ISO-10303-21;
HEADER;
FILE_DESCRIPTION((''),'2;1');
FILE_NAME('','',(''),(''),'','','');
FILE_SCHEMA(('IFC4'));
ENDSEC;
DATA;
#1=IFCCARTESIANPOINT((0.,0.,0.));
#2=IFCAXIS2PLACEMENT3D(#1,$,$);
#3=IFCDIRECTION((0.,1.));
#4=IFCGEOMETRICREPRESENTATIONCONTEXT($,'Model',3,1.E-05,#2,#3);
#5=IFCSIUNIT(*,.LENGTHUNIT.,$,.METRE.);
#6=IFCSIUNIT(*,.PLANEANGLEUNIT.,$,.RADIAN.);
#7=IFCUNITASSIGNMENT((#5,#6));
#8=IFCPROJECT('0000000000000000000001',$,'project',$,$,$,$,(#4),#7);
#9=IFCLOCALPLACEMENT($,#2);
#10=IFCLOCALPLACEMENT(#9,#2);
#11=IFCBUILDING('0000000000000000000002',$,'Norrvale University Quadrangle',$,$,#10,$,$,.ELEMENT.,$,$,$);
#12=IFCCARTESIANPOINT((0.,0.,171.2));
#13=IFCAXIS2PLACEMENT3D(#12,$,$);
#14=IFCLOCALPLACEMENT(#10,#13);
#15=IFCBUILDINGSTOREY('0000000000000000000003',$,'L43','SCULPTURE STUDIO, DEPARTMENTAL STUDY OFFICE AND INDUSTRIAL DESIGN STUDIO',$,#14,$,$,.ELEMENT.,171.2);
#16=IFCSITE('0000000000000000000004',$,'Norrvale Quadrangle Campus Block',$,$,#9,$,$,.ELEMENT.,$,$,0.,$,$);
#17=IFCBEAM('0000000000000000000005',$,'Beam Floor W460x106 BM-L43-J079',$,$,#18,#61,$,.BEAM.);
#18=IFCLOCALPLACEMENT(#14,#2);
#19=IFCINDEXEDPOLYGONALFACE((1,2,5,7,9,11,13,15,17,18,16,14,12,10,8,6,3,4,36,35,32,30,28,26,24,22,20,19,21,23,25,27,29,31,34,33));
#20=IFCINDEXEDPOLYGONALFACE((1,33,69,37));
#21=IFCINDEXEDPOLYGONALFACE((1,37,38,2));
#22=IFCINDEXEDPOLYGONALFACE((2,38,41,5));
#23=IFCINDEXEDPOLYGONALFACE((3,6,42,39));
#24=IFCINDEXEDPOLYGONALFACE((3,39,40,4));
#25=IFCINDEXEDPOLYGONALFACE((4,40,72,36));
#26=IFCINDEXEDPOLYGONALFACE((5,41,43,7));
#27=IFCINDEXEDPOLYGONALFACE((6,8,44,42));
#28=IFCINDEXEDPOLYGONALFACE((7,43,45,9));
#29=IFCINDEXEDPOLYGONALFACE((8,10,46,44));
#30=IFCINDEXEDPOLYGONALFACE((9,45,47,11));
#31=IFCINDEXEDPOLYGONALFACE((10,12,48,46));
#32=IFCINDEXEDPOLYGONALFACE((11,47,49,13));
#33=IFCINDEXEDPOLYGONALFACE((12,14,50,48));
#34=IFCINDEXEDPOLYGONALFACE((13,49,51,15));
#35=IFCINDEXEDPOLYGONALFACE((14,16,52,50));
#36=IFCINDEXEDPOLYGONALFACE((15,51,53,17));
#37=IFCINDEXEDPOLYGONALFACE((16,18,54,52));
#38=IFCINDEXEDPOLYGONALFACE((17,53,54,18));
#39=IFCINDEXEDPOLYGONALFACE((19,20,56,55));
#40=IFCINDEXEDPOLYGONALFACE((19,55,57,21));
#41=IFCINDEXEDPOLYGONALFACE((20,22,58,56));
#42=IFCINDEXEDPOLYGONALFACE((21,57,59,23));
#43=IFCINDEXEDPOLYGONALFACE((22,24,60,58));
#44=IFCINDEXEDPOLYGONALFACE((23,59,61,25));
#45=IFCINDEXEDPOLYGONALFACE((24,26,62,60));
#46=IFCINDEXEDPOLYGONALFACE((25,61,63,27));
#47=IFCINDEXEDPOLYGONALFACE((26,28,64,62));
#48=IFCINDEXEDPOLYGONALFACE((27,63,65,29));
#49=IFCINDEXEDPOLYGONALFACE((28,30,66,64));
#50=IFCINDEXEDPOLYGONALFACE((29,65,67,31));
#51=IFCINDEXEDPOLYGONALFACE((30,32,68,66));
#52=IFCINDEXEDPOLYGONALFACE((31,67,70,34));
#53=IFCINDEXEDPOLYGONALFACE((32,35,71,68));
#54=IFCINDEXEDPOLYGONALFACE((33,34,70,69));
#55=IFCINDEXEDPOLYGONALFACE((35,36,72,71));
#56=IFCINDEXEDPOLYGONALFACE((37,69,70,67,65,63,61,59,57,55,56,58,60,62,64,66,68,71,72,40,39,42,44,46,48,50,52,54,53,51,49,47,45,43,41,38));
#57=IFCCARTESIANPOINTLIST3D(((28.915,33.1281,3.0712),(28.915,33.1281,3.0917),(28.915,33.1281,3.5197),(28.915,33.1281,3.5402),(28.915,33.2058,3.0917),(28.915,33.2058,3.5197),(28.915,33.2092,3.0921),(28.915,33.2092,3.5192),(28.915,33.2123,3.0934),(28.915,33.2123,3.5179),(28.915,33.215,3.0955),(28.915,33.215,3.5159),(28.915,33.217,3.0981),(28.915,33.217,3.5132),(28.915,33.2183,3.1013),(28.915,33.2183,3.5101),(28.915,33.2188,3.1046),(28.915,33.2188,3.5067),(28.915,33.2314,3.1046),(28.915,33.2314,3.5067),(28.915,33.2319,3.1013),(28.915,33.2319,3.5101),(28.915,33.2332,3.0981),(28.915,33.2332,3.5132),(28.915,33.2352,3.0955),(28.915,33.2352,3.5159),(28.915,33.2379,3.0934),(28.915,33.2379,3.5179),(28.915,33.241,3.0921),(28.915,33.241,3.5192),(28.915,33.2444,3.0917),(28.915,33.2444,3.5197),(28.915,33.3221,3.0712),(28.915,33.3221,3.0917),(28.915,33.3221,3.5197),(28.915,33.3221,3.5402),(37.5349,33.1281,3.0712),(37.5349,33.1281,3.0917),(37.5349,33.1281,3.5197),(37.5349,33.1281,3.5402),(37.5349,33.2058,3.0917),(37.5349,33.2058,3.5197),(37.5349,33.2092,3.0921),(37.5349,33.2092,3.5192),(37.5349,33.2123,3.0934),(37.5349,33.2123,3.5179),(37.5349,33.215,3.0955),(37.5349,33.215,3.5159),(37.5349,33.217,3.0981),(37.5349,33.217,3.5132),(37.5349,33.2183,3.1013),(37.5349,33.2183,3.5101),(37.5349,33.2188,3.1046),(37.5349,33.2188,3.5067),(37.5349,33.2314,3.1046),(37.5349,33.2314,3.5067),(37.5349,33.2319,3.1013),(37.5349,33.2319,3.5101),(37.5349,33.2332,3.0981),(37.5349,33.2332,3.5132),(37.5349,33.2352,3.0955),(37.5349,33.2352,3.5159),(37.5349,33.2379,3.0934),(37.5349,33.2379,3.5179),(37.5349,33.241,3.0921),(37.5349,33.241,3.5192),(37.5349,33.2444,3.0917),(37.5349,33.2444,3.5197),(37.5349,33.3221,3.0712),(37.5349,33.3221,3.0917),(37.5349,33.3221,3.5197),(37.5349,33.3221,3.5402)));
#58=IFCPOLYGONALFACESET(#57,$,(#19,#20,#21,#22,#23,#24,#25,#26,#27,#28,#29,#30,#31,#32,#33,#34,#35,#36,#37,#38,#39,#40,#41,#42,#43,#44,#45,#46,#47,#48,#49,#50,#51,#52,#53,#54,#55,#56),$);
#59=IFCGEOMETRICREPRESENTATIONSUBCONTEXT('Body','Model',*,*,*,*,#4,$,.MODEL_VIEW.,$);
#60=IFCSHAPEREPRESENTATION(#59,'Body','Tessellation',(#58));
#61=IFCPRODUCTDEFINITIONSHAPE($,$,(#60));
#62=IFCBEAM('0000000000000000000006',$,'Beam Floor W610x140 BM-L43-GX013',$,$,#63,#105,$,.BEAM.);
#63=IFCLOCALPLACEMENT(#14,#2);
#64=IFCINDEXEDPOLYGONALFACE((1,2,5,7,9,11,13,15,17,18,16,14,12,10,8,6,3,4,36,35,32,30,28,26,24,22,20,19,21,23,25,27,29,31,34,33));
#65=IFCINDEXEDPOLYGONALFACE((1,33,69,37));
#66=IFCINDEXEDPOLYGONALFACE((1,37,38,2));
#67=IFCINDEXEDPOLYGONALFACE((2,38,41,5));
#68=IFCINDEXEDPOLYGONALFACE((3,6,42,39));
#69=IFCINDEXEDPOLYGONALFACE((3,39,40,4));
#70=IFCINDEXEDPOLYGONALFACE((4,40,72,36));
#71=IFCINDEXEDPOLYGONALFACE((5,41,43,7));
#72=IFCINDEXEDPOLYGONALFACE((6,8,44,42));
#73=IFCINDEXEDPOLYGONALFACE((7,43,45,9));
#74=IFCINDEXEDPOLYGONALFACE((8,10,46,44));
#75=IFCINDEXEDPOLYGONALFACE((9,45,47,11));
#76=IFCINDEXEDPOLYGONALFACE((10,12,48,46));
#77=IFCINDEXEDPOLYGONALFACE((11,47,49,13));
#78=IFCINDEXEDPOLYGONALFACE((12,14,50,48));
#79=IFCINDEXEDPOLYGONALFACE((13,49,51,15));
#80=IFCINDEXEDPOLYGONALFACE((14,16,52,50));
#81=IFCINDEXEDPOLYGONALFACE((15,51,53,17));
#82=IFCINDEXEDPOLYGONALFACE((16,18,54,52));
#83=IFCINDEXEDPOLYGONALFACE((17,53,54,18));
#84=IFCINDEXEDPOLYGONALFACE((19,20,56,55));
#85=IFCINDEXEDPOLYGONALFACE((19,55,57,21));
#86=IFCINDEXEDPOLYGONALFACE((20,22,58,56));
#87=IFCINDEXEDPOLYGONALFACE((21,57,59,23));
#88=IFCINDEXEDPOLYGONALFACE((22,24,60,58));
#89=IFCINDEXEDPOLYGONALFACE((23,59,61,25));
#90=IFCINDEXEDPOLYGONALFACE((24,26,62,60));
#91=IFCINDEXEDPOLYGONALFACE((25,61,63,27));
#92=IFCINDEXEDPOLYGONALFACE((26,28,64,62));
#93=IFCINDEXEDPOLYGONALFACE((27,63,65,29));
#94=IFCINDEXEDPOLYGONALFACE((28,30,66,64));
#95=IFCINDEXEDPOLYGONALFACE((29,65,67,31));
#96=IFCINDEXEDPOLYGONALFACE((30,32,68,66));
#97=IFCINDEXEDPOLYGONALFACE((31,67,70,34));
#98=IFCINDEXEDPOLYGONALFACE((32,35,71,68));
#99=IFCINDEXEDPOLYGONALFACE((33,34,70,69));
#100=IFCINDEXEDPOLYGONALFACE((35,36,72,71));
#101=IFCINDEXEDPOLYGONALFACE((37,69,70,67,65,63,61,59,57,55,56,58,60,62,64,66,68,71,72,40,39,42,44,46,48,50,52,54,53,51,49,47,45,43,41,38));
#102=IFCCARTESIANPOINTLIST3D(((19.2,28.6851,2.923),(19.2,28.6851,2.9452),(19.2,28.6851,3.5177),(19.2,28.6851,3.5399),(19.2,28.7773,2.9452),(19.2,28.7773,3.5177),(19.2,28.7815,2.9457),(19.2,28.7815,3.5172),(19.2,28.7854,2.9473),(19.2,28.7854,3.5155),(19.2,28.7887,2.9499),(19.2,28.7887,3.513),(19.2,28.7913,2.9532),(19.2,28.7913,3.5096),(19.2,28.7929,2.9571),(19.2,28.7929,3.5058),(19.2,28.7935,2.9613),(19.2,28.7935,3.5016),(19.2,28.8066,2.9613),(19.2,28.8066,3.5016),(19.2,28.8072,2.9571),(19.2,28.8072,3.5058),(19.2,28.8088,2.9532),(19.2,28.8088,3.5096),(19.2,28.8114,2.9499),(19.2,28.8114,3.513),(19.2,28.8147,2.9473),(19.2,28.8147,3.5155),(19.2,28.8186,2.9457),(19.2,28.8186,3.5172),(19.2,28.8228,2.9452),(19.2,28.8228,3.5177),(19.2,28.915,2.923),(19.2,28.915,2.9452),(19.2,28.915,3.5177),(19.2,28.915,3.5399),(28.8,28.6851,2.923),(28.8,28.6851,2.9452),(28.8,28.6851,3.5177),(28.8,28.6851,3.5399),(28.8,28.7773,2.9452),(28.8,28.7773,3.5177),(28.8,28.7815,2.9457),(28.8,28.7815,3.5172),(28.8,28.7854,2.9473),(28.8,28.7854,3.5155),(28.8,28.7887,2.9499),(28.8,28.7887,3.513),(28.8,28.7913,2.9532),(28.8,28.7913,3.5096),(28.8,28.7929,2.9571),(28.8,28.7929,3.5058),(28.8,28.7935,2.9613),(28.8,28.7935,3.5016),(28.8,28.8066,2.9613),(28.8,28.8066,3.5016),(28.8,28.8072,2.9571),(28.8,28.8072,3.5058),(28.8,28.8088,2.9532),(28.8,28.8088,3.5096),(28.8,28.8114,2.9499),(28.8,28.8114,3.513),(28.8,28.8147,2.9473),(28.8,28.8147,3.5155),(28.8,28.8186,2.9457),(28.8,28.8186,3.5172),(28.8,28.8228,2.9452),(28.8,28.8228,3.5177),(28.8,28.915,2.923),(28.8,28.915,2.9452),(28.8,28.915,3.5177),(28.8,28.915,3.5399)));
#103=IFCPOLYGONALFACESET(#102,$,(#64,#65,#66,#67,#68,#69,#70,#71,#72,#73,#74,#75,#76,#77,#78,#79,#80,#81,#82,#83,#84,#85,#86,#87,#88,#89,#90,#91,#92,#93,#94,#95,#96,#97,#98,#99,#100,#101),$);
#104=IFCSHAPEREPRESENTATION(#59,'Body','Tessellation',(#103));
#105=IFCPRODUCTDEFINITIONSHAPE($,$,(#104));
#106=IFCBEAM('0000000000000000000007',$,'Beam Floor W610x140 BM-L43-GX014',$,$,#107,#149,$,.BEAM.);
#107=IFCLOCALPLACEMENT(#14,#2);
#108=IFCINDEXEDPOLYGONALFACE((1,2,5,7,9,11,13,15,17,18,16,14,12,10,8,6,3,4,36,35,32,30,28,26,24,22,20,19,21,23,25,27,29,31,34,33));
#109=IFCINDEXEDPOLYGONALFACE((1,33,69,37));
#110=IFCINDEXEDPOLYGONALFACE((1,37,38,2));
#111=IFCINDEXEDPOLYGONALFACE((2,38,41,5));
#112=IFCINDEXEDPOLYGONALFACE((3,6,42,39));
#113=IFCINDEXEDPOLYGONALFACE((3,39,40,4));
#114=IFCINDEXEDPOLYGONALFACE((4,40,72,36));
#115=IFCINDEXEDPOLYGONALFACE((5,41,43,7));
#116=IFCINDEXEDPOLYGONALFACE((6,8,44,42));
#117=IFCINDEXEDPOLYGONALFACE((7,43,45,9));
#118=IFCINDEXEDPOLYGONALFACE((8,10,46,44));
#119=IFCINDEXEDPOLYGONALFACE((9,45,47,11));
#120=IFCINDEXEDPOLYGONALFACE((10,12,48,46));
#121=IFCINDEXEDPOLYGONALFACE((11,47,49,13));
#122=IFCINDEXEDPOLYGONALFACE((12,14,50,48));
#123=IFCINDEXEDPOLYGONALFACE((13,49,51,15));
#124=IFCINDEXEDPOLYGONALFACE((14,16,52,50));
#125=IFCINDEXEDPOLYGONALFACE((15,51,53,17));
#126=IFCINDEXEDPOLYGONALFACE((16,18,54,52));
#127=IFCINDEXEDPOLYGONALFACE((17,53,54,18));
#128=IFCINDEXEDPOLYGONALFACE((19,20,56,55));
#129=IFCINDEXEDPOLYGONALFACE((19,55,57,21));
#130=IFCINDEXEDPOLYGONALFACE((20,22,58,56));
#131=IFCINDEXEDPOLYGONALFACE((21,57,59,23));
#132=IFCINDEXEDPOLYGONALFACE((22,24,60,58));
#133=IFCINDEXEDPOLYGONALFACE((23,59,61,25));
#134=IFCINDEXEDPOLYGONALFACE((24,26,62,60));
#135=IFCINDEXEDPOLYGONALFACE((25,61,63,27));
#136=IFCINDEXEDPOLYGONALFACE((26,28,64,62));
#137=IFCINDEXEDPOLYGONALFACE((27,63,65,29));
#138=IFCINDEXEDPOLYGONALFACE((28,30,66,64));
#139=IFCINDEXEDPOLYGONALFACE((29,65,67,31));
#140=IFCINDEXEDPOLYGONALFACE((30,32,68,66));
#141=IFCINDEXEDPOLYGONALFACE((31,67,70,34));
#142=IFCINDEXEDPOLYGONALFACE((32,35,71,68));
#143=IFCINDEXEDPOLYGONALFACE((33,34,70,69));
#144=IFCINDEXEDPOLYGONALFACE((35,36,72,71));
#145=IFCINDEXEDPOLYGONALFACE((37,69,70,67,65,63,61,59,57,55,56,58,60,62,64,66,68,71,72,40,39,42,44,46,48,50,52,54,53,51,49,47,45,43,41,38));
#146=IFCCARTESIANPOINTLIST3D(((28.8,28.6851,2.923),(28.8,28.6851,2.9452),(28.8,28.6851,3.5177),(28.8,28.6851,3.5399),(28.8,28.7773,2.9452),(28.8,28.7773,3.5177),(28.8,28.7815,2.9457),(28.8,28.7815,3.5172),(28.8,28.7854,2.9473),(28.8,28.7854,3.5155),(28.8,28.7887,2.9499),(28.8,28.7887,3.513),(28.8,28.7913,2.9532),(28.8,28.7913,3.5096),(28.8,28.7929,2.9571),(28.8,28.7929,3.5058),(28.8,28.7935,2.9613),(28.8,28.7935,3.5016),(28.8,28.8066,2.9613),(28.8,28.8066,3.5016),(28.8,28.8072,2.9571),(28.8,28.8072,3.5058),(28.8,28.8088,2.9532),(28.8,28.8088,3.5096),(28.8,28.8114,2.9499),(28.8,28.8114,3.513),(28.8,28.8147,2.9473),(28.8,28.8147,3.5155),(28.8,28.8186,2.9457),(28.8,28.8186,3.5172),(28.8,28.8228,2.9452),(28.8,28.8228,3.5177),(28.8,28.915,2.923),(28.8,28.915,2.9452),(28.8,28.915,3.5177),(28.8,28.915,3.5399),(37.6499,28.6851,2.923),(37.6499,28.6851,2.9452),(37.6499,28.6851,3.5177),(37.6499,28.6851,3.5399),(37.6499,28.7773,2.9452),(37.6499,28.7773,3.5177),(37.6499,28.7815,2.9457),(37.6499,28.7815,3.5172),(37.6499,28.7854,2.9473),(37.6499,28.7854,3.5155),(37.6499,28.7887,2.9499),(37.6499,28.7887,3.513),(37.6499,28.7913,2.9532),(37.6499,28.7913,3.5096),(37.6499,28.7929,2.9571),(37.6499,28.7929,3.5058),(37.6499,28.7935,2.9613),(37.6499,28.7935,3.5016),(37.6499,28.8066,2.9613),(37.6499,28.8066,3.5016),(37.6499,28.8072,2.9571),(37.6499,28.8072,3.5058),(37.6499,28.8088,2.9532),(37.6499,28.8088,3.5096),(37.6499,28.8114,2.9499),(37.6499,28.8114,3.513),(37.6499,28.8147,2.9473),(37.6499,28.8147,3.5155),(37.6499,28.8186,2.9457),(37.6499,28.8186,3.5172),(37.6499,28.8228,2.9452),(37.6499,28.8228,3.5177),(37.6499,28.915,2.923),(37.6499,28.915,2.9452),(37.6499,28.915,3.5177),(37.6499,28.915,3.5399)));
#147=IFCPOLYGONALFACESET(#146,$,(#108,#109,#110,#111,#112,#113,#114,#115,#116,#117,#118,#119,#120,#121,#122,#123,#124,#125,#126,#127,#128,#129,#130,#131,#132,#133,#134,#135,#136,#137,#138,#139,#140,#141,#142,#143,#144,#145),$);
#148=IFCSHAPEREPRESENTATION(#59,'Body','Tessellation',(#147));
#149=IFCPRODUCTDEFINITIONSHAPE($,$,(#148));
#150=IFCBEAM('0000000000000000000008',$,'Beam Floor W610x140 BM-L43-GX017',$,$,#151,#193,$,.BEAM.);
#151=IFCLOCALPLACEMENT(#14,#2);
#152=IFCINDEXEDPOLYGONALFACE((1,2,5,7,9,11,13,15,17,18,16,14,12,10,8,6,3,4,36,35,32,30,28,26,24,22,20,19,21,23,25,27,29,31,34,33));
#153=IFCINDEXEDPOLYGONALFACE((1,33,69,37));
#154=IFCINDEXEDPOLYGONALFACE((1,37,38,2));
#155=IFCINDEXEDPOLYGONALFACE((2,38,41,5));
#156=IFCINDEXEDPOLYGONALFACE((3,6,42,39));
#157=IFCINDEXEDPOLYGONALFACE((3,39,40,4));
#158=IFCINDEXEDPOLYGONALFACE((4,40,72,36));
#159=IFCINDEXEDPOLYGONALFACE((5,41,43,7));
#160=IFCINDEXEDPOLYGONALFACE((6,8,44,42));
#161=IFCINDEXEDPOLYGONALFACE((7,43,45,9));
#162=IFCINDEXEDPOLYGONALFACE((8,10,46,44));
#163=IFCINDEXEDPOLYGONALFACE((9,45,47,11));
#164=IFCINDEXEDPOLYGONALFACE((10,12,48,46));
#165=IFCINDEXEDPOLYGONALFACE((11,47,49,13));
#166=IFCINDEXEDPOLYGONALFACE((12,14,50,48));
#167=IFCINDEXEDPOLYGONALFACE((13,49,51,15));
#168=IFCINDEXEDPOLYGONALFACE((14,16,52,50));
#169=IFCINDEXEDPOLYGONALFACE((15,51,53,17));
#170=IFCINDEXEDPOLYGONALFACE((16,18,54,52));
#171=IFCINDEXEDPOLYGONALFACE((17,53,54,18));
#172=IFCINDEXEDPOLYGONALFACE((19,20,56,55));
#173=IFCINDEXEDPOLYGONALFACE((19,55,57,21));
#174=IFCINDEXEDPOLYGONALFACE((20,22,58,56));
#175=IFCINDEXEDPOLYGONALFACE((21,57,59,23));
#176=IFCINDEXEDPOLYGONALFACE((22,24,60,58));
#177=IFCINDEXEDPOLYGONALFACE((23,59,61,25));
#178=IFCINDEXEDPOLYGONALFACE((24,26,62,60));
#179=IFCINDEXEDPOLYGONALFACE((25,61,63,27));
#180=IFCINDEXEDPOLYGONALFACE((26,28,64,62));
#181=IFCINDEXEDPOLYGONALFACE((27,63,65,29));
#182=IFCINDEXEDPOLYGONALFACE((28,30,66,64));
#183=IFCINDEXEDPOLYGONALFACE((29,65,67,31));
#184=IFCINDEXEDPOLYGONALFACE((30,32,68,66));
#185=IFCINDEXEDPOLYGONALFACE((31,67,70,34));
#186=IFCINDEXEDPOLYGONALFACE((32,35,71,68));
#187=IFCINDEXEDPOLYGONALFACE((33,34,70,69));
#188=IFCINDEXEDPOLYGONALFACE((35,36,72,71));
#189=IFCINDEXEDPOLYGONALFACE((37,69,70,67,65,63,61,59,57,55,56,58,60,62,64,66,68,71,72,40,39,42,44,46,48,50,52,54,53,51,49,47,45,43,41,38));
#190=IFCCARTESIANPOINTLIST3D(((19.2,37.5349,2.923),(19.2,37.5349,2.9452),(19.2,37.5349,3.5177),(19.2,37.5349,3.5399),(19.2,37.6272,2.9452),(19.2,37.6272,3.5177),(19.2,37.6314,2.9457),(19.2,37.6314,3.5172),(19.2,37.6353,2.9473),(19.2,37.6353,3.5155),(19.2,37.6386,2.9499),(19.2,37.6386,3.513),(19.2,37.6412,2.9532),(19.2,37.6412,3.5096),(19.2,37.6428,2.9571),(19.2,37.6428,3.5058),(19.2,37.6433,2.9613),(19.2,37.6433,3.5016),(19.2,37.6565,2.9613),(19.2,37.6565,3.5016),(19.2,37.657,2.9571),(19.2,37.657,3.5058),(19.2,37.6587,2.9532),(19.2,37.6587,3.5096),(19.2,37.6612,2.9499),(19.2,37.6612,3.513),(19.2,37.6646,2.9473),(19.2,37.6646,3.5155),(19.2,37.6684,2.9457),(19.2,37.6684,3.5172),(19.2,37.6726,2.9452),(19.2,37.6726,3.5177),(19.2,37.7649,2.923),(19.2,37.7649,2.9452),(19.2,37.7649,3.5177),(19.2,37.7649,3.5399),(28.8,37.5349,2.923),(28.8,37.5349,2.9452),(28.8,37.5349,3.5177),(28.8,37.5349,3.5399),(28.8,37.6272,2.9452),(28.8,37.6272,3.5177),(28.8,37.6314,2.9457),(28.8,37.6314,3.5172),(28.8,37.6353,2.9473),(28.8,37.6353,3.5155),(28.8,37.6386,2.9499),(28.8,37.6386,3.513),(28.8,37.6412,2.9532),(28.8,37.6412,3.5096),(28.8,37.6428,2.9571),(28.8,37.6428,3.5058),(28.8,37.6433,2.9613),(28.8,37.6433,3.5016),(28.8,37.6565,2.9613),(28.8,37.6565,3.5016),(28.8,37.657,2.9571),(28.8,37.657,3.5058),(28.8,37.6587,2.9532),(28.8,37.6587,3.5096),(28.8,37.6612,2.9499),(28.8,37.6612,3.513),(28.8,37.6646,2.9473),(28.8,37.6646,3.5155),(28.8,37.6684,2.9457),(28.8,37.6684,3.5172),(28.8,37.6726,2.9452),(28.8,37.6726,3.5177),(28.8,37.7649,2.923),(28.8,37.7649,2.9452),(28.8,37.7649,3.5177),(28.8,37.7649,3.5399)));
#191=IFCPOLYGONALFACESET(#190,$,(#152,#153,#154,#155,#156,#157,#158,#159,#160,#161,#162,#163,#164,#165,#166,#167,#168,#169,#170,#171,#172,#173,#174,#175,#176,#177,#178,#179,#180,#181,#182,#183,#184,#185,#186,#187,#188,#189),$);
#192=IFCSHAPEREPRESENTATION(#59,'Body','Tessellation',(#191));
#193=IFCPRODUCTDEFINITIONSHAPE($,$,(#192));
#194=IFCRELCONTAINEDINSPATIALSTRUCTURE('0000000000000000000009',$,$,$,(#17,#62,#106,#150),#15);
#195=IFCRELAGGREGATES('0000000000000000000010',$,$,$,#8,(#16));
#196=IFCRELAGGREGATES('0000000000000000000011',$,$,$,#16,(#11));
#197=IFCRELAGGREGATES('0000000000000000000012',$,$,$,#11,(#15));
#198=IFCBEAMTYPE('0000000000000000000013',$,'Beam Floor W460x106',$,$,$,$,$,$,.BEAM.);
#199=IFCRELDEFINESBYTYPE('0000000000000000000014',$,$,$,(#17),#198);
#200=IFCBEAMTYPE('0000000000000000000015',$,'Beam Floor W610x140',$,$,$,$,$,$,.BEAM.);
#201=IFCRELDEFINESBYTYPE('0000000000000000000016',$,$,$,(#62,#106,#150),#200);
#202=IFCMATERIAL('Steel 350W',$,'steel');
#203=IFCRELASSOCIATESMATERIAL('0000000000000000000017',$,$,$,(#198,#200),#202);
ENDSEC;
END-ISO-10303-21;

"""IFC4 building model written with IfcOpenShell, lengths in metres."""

from ifc_helpers import new_model, si_unit, direction, frame, origin, origin_2d, place, context, subcontext, project, spatial, i_section, extrude, material, material_profile, profile_set, type_object, element, save


model = new_model("IFC4")

# Units and contexts
model_context = context("Model", 3, precision=1e-05, world=origin(), true_north=direction((0.0, 1.0)))
body_context = subcontext(model_context, "Body", "Model", "MODEL_VIEW")
ifc_project = project(units=[si_unit("LENGTHUNIT", "METRE"), si_unit("PLANEANGLEUNIT", "RADIAN")], contexts=[model_context])

# Site, building, storey
site_placement = place(None, origin())
site = spatial("IfcSite", under=ifc_project, at=site_placement, Name="Norrvale Quadrangle Campus Block", CompositionType="ELEMENT", RefElevation=0.0)
building_placement = place(site_placement, origin())
building = spatial("IfcBuilding", under=site, at=building_placement, Name="Norrvale University Quadrangle", CompositionType="ELEMENT")
storey_placement = place(building_placement, frame((0.0, 0.0, 171.2)))
storey = spatial("IfcBuildingStorey", under=building, at=storey_placement, Name="L43", Description="SCULPTURE STUDIO, DEPARTMENTAL STUDY OFFICE AND INDUSTRIAL DESIGN STUDIO", CompositionType="ELEMENT", Elevation=171.2)

# Beams
ifc_material_1 = material(Name="Steel 350W", Category="steel")
ifc_material_profile_1 = material_profile(ifc_material_1, i_section(OverallWidth=0.1941, OverallDepth=0.469, WebThickness=0.0127, FlangeThickness=0.0205, FilletRadius=0.0129, at=origin_2d()), Name="Steel 350W")
ifc_profile_set_1 = profile_set([ifc_material_profile_1], Name="Steel 350W")
beam_type_1 = type_object("IfcBeamType", Name="Beam Floor W460x106", PredefinedType="BEAM", material=ifc_profile_set_1)
for number, where, z_axis, x_axis, name in (
    (1, (28.915, 33.2251, 3.3057), (1.0, 0.0, 0.0), (0.0, 1.0, 0.0), "Beam Floor W460x106 BM-L43-J079"),
):
    element("IfcBeam", number, at=place(storey_placement, frame(where, z_axis=z_axis, x_axis=x_axis)), inside=storey, type_object=beam_type_1, Name=name, PredefinedType="BEAM", context=body_context, shape_type="SweptSolid", body=[
        extrude(i_section(OverallWidth=0.1941, OverallDepth=0.469, WebThickness=0.0127, FlangeThickness=0.0205, FilletRadius=0.0129, at=origin_2d()), origin(), (0.0, 0.0, 1.0), 8.6199),
    ])
ifc_material_profile_2 = material_profile(ifc_material_1, i_section(OverallWidth=0.23, OverallDepth=0.6169, WebThickness=0.0132, FlangeThickness=0.0222, FilletRadius=0.0161, at=origin_2d()), Name="Steel 350W")
ifc_profile_set_2 = profile_set([ifc_material_profile_2], Name="Steel 350W")
beam_type_2 = type_object("IfcBeamType", Name="Beam Floor W610x140", PredefinedType="BEAM", material=ifc_profile_set_2)
beam_1_placement = place(storey_placement, frame((19.2, 28.8, 3.2314), z_axis=(1.0, 0.0, 0.0), x_axis=(0.0, 1.0, 0.0)))
element("IfcBeam", 2, at=beam_1_placement, inside=storey, type_object=beam_type_2, Name="Beam Floor W610x140 BM-L43-GX013", PredefinedType="BEAM", context=body_context, shape_type="SweptSolid", body=[
    extrude(i_section(OverallWidth=0.23, OverallDepth=0.6169, WebThickness=0.0132, FlangeThickness=0.0222, FilletRadius=0.0161, at=origin_2d()), origin(), (0.0, 0.0, 1.0), 9.6001),
])
beam_2_placement = place(storey_placement, frame((28.8, 28.8, 3.2314), z_axis=(1.0, 0.0, 0.0), x_axis=(0.0, 1.0, 0.0)))
element("IfcBeam", 3, at=beam_2_placement, inside=storey, type_object=beam_type_2, Name="Beam Floor W610x140 BM-L43-GX014", PredefinedType="BEAM", context=body_context, shape_type="SweptSolid", body=[
    extrude(i_section(OverallWidth=0.23, OverallDepth=0.6169, WebThickness=0.0132, FlangeThickness=0.0222, FilletRadius=0.0161, at=origin_2d()), origin(), (0.0, 0.0, 1.0), 8.8499),
])
beam_3_placement = place(storey_placement, frame((19.2, 37.6499, 3.2314), z_axis=(1.0, 0.0, 0.0), x_axis=(0.0, 1.0, 0.0)))
element("IfcBeam", 4, at=beam_3_placement, inside=storey, type_object=beam_type_2, Name="Beam Floor W610x140 BM-L43-GX017", PredefinedType="BEAM", context=body_context, shape_type="SweptSolid", body=[
    extrude(i_section(OverallWidth=0.23, OverallDepth=0.6169, WebThickness=0.0132, FlangeThickness=0.0222, FilletRadius=0.0161, at=origin_2d()), origin(), (0.0, 0.0, 1.0), 9.6001),
])

save(model, "model.ifc")
